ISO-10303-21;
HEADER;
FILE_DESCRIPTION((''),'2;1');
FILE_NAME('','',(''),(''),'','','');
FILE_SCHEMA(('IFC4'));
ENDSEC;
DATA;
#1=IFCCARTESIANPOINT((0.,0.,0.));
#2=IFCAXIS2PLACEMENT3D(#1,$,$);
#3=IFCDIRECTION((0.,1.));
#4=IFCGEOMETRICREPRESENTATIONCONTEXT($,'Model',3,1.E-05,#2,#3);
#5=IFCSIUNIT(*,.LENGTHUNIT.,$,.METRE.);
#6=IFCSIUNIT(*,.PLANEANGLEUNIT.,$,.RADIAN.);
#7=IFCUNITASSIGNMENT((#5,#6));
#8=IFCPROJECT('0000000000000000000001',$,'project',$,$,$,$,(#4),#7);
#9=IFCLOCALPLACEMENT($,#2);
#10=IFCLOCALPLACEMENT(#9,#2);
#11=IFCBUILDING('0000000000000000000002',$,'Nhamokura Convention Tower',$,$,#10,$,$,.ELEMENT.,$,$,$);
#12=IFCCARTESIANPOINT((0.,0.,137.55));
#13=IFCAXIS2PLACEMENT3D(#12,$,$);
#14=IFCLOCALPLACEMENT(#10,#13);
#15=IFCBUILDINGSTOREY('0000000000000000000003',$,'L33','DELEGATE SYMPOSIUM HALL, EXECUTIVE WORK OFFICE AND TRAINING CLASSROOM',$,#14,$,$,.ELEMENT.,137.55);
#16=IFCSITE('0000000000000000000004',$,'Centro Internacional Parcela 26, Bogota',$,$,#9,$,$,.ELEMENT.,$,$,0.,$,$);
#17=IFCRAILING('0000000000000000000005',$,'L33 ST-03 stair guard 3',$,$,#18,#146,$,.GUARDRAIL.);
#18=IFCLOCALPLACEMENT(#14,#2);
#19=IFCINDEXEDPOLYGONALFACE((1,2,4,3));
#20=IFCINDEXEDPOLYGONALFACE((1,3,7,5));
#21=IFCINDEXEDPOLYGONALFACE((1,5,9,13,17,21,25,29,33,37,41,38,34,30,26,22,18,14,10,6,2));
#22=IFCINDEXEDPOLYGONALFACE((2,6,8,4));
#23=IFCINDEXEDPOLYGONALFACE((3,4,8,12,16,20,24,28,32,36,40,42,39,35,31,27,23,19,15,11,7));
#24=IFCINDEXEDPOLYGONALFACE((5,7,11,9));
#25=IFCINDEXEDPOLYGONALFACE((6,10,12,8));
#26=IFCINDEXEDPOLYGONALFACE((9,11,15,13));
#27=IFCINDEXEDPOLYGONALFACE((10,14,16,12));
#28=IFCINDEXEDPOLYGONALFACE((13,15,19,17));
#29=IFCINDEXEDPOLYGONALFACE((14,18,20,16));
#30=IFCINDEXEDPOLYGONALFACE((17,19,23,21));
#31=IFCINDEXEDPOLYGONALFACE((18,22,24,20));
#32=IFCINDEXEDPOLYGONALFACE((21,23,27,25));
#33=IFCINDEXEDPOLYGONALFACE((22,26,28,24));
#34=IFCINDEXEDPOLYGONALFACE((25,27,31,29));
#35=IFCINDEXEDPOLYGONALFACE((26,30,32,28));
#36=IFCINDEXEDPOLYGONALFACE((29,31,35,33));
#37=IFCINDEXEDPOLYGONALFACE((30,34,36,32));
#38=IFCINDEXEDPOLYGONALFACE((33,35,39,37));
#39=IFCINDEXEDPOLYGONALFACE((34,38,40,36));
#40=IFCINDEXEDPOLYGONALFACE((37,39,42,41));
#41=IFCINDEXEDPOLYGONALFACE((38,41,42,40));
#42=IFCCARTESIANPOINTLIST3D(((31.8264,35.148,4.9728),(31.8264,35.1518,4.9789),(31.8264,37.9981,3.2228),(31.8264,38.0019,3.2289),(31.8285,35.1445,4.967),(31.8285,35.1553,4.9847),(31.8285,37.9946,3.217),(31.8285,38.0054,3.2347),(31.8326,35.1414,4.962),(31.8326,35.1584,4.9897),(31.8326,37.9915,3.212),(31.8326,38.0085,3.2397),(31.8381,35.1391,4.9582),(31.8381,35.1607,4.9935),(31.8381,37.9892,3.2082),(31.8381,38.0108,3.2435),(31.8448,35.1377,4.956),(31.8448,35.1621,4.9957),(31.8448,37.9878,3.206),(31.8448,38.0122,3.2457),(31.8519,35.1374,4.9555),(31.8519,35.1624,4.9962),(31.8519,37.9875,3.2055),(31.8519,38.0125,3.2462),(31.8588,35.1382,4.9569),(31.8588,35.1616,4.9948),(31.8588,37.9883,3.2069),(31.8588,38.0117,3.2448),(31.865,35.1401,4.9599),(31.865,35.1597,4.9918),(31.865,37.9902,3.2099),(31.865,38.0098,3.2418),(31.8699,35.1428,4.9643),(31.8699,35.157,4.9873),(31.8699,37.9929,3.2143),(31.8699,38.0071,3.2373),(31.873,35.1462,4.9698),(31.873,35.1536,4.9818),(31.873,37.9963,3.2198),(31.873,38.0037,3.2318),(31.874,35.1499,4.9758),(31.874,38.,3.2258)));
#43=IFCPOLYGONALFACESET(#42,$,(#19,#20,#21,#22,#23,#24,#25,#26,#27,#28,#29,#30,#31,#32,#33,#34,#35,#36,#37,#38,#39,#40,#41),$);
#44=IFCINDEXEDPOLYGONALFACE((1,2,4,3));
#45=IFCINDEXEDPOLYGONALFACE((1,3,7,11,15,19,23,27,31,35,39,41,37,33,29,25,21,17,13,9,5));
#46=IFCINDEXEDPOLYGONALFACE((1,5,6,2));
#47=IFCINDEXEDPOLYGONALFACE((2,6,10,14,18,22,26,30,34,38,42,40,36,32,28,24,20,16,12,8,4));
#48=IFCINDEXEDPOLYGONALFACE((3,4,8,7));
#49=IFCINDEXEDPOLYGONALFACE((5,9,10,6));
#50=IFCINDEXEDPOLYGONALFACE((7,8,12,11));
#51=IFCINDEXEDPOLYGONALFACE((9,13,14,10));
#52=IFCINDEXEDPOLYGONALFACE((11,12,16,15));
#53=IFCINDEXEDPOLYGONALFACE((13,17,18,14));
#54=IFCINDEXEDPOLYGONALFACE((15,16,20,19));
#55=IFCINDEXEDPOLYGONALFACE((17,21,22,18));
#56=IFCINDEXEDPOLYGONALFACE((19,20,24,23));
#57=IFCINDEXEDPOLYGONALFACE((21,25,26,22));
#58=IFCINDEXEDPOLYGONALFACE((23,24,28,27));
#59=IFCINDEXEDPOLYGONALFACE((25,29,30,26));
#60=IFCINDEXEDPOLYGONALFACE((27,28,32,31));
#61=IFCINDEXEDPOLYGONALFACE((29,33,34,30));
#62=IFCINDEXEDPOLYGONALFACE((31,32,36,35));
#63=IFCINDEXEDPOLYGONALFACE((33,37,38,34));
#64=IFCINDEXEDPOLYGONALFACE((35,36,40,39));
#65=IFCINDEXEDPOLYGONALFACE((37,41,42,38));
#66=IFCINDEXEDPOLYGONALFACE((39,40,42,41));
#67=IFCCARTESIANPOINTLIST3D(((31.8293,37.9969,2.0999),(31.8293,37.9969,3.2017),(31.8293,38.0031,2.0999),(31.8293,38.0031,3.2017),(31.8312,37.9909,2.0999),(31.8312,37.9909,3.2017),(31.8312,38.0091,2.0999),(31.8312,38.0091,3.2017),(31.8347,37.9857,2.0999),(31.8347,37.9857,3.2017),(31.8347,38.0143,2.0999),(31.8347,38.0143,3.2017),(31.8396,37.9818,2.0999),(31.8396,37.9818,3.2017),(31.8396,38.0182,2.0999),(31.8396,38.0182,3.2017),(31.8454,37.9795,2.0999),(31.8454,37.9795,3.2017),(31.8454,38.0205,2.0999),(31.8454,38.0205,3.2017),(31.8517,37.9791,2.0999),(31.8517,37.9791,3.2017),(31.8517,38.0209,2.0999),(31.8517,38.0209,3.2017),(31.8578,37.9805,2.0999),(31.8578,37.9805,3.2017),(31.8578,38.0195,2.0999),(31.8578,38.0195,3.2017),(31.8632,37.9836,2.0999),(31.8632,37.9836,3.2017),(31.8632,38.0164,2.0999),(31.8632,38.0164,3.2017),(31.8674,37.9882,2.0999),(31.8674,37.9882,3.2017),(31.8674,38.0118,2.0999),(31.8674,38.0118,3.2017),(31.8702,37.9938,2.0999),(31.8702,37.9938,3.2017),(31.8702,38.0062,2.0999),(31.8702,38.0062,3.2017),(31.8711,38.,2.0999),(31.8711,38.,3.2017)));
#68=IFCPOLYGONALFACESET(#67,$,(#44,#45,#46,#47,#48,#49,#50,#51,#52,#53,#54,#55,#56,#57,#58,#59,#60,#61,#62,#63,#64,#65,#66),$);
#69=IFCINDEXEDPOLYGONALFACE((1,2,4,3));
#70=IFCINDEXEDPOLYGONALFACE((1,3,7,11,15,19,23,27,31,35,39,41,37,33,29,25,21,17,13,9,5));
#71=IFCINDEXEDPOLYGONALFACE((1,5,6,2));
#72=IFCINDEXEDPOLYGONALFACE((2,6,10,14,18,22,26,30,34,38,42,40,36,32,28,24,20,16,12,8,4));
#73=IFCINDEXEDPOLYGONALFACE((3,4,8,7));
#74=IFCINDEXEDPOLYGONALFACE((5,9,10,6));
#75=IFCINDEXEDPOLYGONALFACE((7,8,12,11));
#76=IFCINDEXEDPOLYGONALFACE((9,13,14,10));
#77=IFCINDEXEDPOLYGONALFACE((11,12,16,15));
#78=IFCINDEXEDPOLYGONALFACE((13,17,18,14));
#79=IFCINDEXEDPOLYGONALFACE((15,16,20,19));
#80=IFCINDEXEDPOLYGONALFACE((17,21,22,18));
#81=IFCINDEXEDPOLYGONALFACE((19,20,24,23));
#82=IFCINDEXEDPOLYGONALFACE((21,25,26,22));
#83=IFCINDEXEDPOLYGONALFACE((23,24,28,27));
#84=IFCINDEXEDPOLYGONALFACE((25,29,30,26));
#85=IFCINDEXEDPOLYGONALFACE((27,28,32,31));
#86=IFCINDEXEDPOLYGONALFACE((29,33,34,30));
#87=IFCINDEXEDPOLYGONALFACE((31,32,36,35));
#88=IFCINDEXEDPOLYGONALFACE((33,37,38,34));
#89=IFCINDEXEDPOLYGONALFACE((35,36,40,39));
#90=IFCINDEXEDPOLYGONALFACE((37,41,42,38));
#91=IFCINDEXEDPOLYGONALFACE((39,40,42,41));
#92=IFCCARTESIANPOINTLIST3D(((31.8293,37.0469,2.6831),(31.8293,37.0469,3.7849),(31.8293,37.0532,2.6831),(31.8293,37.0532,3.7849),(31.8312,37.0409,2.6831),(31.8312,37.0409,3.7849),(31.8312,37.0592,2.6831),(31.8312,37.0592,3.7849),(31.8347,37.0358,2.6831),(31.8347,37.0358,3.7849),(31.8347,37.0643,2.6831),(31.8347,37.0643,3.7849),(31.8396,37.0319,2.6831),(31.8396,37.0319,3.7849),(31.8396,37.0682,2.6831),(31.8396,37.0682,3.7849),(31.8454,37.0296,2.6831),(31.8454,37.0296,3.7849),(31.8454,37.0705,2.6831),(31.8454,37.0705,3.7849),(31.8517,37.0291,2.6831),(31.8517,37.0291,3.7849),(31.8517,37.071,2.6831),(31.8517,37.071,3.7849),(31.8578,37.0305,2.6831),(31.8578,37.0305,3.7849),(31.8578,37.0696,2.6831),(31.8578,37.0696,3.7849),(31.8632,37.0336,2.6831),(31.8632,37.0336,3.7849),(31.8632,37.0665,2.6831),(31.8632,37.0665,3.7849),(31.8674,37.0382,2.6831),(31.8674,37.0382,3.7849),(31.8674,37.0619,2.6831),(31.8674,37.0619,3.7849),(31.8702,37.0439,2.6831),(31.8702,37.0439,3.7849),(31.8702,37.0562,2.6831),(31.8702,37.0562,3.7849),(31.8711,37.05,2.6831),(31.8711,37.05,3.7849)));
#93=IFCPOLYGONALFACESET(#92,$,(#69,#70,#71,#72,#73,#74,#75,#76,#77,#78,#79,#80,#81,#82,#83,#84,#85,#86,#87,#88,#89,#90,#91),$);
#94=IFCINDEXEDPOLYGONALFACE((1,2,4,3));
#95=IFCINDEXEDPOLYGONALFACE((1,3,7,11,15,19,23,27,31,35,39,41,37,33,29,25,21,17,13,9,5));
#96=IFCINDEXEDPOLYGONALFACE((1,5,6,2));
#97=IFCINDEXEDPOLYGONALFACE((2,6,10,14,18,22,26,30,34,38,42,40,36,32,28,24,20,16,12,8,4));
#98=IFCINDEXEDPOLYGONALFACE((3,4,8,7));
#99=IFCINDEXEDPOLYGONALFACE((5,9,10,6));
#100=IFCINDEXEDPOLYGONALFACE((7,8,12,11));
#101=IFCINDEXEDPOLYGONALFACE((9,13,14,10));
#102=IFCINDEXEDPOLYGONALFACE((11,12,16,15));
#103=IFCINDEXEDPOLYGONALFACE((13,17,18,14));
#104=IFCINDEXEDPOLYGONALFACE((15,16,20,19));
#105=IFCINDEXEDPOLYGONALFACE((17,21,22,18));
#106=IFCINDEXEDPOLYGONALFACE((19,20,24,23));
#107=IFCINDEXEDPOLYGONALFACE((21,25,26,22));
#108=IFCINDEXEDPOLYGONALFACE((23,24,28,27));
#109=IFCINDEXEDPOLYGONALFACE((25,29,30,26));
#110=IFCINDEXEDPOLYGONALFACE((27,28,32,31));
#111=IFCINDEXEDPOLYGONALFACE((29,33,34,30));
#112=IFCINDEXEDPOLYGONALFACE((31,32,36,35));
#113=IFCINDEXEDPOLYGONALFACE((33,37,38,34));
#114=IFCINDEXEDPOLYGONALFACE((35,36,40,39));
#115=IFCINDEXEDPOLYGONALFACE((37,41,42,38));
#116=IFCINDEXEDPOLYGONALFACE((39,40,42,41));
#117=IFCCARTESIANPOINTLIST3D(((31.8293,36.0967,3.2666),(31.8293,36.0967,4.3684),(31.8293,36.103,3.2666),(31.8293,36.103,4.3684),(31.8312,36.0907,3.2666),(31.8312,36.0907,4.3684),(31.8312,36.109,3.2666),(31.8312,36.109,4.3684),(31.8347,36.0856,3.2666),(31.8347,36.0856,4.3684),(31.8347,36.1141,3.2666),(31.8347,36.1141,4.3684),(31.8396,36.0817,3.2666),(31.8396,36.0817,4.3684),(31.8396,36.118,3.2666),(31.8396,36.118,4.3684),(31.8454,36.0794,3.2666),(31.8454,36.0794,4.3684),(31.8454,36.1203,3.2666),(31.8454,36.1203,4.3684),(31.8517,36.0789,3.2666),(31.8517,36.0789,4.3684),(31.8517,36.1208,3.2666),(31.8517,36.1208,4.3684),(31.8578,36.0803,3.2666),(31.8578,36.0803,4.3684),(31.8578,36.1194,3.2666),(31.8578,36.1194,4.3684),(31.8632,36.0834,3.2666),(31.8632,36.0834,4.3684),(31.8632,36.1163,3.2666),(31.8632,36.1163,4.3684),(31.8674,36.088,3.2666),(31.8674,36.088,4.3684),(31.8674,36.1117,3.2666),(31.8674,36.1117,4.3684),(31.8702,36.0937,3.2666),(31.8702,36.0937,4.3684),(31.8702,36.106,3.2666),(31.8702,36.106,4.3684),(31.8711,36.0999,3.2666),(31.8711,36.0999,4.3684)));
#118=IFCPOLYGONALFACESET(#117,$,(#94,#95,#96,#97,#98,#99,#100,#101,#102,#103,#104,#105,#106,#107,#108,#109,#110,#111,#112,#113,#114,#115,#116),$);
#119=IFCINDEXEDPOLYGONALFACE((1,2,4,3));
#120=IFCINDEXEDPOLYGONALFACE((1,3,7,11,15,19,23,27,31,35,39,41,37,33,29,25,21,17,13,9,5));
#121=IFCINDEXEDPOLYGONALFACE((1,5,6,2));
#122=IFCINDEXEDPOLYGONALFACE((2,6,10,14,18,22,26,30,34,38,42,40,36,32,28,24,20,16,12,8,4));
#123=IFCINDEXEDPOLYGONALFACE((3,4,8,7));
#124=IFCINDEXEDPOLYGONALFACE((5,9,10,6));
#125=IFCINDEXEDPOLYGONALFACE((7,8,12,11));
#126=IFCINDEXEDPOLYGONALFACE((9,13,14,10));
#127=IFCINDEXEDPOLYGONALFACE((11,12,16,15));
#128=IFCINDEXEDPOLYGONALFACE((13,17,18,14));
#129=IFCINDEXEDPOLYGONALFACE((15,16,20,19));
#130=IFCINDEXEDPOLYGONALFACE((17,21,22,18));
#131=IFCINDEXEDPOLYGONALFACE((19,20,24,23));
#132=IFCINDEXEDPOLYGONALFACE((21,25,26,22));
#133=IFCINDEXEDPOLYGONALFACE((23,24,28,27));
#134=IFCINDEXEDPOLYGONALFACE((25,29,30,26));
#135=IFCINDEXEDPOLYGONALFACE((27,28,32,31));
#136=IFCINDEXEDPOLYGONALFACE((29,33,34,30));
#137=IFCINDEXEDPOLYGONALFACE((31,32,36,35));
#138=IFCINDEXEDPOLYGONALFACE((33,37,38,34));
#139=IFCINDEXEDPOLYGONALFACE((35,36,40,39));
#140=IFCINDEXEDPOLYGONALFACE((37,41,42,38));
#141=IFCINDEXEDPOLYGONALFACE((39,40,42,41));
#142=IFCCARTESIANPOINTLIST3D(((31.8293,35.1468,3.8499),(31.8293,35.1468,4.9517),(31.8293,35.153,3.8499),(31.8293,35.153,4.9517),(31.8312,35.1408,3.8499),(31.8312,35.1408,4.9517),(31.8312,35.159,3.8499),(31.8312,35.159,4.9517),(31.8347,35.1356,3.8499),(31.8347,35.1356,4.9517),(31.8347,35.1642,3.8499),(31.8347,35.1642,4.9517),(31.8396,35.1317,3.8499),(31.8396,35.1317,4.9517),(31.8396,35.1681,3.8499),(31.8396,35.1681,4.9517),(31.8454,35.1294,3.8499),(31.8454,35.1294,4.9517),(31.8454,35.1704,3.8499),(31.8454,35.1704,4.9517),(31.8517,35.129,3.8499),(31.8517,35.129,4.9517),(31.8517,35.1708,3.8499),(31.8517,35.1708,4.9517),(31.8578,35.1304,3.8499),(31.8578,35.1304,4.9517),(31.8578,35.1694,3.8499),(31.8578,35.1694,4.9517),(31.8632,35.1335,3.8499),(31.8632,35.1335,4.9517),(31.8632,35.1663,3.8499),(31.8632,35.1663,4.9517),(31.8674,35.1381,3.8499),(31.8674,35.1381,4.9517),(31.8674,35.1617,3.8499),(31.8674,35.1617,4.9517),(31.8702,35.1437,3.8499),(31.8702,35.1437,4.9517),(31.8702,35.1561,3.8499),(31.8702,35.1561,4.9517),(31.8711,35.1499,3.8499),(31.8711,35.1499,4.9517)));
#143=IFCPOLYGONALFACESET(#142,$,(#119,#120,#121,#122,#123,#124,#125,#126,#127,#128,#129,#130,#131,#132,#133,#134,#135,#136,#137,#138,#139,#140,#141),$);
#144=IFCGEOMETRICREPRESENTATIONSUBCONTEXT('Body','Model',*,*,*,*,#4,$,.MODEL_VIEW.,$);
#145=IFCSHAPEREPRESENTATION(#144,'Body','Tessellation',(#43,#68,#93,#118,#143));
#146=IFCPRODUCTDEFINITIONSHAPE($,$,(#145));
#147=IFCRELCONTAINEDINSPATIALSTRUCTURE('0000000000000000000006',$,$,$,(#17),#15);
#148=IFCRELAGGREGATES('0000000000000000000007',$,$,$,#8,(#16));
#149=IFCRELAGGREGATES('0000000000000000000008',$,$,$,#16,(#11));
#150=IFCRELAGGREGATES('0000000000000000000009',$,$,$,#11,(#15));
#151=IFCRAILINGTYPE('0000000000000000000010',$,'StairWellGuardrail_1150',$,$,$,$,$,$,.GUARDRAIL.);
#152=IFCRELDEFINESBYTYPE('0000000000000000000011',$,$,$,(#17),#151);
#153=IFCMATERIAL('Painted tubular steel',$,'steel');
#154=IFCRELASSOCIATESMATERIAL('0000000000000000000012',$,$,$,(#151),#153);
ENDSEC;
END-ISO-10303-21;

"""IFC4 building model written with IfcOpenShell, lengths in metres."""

from ifc_helpers import new_model, si_unit, direction, frame, origin, origin_2d, place, context, subcontext, project, spatial, circle, extrude, material, type_object, element, save


model = new_model("IFC4")

# Units and contexts
model_context = context("Model", 3, precision=1e-05, world=origin(), true_north=direction((0.0, 1.0)))
body_context = subcontext(model_context, "Body", "Model", "MODEL_VIEW")
ifc_project = project(units=[si_unit("LENGTHUNIT", "METRE"), si_unit("PLANEANGLEUNIT", "RADIAN")], contexts=[model_context])

# Site, building, storey
site_placement = place(None, origin())
site = spatial("IfcSite", under=ifc_project, at=site_placement, Name="Centro Internacional Parcela 26, Bogota", CompositionType="ELEMENT", RefElevation=0.0)
building_placement = place(site_placement, origin())
building = spatial("IfcBuilding", under=site, at=building_placement, Name="Nhamokura Convention Tower", CompositionType="ELEMENT")
storey_placement = place(building_placement, frame((0.0, 0.0, 137.55)))
storey = spatial("IfcBuildingStorey", under=building, at=storey_placement, Name="L33", Description="DELEGATE SYMPOSIUM HALL, EXECUTIVE WORK OFFICE AND TRAINING CLASSROOM", CompositionType="ELEMENT", Elevation=137.55)

# Railing
ifc_material_1 = material(Name="Painted tubular steel", Category="steel")
railing_type_1 = type_object("IfcRailingType", Name="StairWellGuardrail_1150", PredefinedType="GUARDRAIL", material=ifc_material_1)
railing_1_placement = place(storey_placement, frame((31.8501, 38.0, 2.0999)))
element("IfcRailing", 1, at=railing_1_placement, inside=storey, type_object=railing_type_1, Name="L33 ST-03 stair guard 3", PredefinedType="GUARDRAIL", context=body_context, shape_type="SweptSolid", body=[
    extrude(circle(Radius=0.0239, at=origin_2d()), frame((0.0, 0.0, 1.126), z_axis=(0.0, -0.852179, 0.52325), x_axis=(1.0, 0.0, 0.0)), (0.0, 0.0, 1.0), 3.3445),
    extrude(circle(Radius=0.021, at=origin_2d()), origin(), (0.0, 0.0, 1.0), 1.1018),
    extrude(circle(Radius=0.021, at=origin_2d()), frame((0.0, -0.95, 0.5833)), (0.0, 0.0, 1.0), 1.1018),
    extrude(circle(Radius=0.021, at=origin_2d()), frame((0.0, -1.9001, 1.1667)), (0.0, 0.0, 1.0), 1.1018),
    extrude(circle(Radius=0.021, at=origin_2d()), frame((0.0, -2.8501, 1.75)), (0.0, 0.0, 1.0), 1.1018),
])

save(model, "model.ifc")
